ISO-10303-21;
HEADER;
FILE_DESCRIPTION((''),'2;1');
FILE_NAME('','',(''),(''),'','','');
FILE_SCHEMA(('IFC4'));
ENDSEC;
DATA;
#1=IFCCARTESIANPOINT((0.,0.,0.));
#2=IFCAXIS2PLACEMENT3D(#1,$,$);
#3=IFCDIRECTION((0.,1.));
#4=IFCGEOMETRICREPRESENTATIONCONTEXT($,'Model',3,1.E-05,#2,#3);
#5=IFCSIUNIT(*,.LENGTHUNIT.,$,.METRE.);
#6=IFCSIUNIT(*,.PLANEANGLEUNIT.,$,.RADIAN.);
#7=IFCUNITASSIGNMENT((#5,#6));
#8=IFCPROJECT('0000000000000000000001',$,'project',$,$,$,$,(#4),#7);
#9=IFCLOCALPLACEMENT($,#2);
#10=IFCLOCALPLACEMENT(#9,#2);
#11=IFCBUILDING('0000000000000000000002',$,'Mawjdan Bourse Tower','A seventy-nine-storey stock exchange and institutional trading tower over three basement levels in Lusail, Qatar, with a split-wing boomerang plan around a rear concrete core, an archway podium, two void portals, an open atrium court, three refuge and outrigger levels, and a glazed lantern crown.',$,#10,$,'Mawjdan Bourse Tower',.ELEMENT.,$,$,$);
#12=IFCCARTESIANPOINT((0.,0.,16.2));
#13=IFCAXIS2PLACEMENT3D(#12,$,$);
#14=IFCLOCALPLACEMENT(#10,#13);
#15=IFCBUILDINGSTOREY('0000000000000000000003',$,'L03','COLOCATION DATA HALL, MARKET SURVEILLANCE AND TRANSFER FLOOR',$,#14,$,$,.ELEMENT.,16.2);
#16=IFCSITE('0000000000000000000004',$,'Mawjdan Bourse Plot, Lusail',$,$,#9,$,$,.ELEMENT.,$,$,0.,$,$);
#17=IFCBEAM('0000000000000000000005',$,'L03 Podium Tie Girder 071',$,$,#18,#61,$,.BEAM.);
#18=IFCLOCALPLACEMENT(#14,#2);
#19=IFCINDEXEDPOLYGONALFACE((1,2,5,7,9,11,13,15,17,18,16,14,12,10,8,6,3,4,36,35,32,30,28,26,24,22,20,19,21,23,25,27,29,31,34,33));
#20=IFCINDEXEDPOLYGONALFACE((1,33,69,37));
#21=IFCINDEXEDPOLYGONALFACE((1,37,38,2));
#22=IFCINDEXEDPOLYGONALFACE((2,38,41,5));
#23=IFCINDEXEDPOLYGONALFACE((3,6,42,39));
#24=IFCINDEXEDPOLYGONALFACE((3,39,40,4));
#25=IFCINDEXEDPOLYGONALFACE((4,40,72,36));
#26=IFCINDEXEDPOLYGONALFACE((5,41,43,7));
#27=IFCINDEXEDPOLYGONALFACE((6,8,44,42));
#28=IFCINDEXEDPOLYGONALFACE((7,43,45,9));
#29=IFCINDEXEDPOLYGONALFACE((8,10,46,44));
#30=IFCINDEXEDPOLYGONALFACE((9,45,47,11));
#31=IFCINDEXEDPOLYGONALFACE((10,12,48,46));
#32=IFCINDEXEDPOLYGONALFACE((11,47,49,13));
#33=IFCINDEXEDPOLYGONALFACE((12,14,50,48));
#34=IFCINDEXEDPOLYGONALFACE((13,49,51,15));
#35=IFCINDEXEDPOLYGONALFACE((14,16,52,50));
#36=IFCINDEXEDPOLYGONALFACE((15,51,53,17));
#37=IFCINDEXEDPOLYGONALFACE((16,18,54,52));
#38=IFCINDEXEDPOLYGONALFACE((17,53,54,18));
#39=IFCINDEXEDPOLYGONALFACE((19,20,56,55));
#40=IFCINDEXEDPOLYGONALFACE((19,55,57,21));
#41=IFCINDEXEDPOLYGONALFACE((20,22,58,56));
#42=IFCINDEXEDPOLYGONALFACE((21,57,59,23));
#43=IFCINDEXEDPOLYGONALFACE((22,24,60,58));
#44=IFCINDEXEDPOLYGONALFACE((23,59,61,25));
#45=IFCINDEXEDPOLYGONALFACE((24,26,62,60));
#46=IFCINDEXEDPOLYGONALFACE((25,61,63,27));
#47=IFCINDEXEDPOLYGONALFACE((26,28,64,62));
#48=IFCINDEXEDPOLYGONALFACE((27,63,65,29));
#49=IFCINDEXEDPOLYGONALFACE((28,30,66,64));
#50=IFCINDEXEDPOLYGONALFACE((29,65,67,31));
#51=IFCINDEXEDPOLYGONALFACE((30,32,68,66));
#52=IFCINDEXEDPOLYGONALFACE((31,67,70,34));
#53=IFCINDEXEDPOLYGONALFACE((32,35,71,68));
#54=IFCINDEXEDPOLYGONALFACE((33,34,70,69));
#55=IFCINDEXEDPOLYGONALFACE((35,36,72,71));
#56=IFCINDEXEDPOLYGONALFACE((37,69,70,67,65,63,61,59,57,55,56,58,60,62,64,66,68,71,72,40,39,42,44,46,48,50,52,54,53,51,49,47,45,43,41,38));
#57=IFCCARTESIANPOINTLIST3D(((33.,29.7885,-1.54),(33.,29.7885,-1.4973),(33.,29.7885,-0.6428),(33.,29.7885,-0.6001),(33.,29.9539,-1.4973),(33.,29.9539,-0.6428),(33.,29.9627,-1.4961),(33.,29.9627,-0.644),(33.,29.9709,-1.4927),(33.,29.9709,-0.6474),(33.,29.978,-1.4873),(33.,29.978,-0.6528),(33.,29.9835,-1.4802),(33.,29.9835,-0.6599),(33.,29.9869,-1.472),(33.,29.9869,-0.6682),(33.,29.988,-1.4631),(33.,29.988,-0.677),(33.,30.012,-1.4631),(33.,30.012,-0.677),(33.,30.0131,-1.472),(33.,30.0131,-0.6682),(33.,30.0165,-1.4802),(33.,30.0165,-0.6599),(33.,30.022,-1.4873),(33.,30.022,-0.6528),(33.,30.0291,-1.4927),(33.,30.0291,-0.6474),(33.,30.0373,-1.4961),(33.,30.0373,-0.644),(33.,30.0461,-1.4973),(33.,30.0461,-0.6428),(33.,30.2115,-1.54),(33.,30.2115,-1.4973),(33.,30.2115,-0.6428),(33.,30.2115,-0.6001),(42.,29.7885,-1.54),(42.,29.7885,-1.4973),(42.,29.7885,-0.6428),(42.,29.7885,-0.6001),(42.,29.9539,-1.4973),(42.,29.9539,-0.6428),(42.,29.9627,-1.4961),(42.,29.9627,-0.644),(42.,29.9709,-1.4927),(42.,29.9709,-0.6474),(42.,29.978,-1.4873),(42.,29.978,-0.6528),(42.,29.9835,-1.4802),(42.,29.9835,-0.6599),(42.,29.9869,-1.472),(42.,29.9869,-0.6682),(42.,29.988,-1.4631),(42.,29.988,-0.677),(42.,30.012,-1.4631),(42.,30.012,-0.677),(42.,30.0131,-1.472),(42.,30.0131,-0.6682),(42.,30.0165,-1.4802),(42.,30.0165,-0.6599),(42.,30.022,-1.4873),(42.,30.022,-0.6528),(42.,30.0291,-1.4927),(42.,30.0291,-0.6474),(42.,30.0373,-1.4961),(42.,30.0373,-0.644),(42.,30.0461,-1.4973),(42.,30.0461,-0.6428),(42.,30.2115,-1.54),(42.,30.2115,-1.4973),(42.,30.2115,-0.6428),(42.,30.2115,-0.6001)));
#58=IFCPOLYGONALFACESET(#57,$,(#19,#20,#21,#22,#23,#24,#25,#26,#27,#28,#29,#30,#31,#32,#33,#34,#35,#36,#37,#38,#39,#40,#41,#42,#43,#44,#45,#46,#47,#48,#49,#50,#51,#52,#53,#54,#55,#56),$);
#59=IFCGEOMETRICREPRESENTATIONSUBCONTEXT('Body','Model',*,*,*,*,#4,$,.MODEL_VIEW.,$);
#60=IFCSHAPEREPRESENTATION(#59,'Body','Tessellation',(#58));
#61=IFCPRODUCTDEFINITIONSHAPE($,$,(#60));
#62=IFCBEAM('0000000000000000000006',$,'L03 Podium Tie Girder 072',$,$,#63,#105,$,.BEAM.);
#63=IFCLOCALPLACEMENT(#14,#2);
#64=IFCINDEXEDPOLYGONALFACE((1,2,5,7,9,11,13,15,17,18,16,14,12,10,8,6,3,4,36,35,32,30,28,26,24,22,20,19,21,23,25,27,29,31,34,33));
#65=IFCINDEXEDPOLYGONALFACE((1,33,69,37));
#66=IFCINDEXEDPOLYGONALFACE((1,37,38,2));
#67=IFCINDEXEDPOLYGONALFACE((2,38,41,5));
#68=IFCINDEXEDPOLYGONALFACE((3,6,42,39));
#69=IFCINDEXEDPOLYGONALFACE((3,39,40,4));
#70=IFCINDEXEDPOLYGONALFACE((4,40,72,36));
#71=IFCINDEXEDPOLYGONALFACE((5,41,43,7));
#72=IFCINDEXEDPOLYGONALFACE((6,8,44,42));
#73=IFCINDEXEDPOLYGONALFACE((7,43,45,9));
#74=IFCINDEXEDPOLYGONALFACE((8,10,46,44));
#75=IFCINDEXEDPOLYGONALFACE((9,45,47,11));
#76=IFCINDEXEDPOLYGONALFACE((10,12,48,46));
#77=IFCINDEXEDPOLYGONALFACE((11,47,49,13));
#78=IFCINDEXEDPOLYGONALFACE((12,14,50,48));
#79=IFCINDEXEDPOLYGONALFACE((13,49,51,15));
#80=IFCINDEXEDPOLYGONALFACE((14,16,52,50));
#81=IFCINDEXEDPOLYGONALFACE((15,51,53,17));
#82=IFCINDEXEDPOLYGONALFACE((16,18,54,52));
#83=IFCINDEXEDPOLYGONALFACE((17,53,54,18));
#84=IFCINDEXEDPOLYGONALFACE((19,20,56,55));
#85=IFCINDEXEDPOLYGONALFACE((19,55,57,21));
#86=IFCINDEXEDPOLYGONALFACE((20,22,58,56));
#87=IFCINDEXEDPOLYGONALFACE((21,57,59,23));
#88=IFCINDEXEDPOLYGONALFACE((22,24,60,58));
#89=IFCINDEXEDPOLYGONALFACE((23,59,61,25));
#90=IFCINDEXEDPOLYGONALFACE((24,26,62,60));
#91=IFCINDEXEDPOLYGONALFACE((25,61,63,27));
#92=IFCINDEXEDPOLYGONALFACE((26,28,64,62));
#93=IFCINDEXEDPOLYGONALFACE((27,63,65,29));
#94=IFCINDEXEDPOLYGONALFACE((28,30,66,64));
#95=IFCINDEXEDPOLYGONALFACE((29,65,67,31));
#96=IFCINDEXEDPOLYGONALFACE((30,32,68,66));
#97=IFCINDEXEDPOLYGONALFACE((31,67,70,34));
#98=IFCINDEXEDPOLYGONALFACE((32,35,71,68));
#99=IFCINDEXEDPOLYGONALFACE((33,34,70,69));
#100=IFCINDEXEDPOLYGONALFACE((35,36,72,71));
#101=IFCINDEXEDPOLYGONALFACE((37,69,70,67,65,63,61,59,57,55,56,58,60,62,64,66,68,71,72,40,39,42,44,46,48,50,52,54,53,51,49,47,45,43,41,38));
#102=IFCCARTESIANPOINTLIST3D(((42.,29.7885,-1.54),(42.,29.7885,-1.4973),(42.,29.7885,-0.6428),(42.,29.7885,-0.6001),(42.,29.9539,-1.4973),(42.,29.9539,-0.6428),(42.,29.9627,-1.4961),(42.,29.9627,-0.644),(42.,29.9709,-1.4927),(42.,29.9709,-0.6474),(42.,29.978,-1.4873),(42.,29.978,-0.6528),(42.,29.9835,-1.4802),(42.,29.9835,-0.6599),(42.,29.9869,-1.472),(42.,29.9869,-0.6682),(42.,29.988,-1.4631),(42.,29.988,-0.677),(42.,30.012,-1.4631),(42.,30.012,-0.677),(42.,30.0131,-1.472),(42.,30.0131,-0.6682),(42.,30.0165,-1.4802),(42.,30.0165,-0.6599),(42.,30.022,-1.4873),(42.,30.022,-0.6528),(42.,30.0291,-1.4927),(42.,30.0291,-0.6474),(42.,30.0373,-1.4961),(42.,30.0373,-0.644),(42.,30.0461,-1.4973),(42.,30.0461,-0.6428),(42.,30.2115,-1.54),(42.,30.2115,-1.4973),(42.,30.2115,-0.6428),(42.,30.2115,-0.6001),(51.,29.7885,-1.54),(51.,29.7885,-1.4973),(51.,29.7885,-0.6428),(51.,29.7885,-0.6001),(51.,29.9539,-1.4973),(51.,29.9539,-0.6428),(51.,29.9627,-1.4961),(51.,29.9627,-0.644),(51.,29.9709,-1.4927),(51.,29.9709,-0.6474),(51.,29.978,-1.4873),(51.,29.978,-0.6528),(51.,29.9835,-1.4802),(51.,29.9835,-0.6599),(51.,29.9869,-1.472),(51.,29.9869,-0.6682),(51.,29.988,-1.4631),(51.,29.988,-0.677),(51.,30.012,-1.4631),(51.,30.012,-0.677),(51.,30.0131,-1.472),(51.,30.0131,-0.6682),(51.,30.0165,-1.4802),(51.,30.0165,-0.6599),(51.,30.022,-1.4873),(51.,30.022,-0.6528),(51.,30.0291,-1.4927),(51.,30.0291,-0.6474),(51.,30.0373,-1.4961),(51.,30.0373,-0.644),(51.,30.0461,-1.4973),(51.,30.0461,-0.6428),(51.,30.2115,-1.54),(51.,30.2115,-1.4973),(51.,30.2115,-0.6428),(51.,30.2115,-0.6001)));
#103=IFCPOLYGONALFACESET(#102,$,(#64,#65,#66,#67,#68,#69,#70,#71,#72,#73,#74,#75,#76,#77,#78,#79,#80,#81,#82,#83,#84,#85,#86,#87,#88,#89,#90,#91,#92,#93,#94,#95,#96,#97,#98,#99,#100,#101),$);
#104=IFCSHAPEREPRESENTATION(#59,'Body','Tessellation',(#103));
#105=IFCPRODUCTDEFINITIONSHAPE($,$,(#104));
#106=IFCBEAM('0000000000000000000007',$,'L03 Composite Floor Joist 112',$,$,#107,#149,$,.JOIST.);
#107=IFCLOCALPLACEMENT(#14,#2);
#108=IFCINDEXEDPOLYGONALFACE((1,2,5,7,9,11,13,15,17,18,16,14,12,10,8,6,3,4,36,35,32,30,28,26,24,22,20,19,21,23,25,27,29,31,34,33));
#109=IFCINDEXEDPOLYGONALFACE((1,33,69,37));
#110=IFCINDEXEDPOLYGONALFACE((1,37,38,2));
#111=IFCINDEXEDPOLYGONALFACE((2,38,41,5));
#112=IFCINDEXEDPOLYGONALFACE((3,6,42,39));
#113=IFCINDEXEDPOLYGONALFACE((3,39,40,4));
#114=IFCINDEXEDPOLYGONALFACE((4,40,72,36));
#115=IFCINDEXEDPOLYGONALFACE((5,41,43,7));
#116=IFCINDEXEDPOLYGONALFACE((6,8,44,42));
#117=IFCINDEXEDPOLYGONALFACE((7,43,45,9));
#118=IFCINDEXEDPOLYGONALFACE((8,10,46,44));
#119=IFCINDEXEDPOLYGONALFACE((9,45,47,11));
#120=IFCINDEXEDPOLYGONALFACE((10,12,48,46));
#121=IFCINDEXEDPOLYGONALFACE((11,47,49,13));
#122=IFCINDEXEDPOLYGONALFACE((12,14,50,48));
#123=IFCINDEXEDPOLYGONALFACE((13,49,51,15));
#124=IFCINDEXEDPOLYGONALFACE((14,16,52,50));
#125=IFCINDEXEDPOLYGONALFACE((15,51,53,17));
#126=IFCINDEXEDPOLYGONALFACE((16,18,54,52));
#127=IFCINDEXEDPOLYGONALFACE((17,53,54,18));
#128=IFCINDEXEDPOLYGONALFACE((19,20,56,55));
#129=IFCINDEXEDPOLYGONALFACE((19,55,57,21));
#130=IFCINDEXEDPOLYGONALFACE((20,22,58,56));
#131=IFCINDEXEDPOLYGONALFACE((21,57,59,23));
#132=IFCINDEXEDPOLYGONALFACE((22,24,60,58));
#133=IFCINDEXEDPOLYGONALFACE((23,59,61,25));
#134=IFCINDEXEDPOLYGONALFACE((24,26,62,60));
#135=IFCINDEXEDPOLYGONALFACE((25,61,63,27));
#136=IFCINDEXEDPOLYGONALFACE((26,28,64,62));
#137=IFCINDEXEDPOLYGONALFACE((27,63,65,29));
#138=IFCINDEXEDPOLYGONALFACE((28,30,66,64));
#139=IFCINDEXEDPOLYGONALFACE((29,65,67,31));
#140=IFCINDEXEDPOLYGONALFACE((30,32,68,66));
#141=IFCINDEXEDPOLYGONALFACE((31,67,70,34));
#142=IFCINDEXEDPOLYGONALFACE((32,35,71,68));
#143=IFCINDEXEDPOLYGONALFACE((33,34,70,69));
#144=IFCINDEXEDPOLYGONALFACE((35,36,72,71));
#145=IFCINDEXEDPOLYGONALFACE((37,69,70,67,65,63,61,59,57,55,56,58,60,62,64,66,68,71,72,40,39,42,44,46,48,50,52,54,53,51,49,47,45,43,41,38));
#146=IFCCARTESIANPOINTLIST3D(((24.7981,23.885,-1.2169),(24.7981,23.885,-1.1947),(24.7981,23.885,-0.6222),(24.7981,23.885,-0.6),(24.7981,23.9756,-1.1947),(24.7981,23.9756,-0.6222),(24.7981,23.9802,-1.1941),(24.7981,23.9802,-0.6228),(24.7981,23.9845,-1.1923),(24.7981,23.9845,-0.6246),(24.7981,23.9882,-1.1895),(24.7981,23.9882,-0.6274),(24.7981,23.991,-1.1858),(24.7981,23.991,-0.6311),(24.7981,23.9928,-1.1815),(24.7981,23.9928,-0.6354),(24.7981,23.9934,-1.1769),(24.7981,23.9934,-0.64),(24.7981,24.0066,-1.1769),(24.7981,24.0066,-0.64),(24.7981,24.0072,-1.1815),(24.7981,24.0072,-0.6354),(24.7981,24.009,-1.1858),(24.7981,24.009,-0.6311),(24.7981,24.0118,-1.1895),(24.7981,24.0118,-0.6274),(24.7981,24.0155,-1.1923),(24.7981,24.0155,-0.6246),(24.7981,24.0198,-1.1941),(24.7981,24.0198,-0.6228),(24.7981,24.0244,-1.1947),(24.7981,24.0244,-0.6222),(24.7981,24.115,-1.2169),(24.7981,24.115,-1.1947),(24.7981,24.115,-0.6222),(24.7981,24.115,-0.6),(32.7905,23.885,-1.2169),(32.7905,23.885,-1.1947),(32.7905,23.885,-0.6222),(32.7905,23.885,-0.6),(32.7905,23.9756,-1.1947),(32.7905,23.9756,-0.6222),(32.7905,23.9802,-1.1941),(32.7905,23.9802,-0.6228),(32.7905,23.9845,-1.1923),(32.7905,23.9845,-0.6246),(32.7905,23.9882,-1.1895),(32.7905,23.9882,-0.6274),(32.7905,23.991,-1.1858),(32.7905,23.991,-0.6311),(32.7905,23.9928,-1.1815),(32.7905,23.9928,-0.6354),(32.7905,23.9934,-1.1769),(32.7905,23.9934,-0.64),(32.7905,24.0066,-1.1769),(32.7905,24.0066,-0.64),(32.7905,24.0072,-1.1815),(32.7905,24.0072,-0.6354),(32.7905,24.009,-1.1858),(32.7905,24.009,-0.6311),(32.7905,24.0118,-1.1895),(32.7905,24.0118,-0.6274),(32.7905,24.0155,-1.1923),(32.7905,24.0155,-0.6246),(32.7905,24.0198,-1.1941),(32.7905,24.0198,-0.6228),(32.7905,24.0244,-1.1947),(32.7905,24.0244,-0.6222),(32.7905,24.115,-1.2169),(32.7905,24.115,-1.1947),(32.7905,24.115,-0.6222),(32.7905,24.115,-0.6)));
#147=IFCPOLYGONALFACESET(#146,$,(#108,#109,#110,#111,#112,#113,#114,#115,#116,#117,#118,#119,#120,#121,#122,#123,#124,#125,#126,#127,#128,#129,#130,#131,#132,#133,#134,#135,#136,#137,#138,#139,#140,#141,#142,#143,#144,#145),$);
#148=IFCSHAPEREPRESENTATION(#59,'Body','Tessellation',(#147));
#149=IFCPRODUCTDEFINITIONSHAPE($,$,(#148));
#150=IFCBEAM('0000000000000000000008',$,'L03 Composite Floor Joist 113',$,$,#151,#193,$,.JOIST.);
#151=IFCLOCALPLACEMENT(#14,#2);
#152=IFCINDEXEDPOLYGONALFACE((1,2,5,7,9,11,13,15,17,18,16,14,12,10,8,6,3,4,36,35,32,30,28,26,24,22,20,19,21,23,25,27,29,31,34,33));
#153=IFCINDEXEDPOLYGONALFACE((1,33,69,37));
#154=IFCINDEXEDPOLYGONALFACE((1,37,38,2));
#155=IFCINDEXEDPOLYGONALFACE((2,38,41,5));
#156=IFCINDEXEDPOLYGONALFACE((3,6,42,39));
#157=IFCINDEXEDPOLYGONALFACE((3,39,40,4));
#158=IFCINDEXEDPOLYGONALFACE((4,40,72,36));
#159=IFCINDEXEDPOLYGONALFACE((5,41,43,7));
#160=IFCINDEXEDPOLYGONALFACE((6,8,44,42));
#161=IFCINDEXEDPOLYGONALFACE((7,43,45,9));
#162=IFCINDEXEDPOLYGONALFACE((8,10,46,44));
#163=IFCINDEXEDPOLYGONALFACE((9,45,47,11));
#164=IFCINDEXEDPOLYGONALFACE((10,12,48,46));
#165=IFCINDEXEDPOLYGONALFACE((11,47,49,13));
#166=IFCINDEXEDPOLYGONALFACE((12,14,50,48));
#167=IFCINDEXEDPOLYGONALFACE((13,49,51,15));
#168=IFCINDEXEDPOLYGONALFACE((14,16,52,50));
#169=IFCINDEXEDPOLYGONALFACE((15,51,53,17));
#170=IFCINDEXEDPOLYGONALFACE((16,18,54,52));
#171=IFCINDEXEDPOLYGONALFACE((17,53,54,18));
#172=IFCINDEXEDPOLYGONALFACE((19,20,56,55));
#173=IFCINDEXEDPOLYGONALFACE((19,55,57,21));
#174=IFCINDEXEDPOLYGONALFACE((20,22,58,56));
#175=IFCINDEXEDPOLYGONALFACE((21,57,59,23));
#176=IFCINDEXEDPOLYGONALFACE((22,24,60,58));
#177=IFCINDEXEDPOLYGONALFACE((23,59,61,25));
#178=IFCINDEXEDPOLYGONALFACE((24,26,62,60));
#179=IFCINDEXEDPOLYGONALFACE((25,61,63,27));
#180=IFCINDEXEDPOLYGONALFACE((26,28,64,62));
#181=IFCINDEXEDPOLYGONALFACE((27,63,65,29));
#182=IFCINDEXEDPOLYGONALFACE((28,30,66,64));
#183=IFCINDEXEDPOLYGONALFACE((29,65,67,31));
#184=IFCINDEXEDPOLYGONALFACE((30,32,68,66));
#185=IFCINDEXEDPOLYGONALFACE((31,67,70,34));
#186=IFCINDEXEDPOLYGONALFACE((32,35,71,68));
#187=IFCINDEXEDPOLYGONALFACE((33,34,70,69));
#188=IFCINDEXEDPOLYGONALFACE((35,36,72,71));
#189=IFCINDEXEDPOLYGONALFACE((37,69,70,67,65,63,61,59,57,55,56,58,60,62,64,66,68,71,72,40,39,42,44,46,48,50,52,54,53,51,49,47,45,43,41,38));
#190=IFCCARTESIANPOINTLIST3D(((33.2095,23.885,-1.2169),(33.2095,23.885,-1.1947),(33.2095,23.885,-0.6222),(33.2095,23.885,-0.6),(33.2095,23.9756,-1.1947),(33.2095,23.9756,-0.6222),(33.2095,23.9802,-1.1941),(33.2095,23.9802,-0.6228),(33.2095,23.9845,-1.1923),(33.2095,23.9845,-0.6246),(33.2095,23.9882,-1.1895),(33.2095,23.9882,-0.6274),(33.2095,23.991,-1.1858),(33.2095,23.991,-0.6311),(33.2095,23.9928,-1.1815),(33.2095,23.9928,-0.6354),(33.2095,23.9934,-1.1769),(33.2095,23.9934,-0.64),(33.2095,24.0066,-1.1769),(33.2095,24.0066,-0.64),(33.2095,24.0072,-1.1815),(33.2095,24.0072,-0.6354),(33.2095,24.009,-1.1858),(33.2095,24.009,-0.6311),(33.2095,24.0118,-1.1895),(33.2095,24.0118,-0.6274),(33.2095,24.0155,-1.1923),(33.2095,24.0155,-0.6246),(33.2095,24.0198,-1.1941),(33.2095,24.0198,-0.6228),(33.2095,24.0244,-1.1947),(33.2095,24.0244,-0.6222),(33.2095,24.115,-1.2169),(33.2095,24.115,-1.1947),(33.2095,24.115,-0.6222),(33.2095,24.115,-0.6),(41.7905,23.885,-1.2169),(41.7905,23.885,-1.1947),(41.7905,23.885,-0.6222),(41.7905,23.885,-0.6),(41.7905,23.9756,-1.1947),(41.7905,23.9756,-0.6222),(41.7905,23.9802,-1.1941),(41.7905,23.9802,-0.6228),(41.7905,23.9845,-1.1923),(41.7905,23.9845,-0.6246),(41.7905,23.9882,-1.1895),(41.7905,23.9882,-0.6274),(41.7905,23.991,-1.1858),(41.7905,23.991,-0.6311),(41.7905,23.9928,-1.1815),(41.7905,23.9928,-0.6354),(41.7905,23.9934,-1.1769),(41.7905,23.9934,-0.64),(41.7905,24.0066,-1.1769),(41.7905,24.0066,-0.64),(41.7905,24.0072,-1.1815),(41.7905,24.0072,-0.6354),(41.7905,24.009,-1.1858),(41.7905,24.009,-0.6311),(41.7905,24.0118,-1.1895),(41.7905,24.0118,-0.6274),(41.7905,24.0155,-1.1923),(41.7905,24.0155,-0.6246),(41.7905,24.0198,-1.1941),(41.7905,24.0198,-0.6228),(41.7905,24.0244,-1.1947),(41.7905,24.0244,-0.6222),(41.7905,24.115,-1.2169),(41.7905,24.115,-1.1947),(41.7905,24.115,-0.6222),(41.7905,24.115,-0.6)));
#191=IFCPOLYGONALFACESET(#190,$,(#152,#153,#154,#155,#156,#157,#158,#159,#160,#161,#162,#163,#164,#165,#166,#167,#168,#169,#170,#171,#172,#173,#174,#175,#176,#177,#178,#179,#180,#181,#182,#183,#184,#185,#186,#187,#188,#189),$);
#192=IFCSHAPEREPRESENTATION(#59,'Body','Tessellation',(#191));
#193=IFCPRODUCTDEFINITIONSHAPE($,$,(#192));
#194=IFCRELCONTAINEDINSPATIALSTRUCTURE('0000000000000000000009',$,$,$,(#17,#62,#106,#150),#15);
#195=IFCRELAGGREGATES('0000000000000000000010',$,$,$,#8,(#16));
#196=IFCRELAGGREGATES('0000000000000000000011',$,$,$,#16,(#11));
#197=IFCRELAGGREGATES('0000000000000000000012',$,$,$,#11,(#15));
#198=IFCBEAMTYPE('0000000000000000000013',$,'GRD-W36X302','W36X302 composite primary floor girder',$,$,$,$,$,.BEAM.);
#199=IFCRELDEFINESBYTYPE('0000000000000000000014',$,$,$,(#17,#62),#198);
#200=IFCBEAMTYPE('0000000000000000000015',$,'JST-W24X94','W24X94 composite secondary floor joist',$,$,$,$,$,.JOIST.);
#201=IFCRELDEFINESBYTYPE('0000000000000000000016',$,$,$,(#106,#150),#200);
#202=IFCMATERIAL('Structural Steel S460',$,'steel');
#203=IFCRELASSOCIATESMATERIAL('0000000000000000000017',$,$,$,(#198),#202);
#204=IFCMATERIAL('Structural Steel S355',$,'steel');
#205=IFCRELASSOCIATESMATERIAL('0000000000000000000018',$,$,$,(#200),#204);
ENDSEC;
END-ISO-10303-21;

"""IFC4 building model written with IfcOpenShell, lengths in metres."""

from ifc_helpers import new_model, si_unit, direction, frame, origin, origin_2d, place, context, subcontext, project, spatial, i_section, extrude, material, material_profile, profile_set, type_object, element, save


model = new_model("IFC4")

# Units and contexts
model_context = context("Model", 3, precision=1e-05, world=origin(), true_north=direction((0.0, 1.0)))
body_context = subcontext(model_context, "Body", "Model", "MODEL_VIEW")
ifc_project = project(units=[si_unit("LENGTHUNIT", "METRE"), si_unit("PLANEANGLEUNIT", "RADIAN")], contexts=[model_context])

# Site, building, storey
site_placement = place(None, origin())
site = spatial("IfcSite", under=ifc_project, at=site_placement, Name="Mawjdan Bourse Plot, Lusail", CompositionType="ELEMENT", RefElevation=0.0)
building_placement = place(site_placement, origin())
building = spatial("IfcBuilding", under=site, at=building_placement, Name="Mawjdan Bourse Tower", Description="A seventy-nine-storey stock exchange and institutional trading tower over three basement levels in Lusail, Qatar, with a split-wing boomerang plan around a rear concrete core, an archway podium, two void portals, an open atrium court, three refuge and outrigger levels, and a glazed lantern crown.", LongName="Mawjdan Bourse Tower", CompositionType="ELEMENT")
storey_placement = place(building_placement, frame((0.0, 0.0, 16.2)))
storey = spatial("IfcBuildingStorey", under=building, at=storey_placement, Name="L03", Description="COLOCATION DATA HALL, MARKET SURVEILLANCE AND TRANSFER FLOOR", CompositionType="ELEMENT", Elevation=16.2)

# Beams
ifc_material_1 = material(Name="Structural Steel S460", Category="steel")
ifc_material_profile_1 = material_profile(ifc_material_1, i_section(OverallWidth=0.4231, OverallDepth=0.9399, WebThickness=0.0239, FlangeThickness=0.0427, FilletRadius=0.0342, at=origin_2d()), Name="W36X302")
ifc_profile_set_1 = profile_set([ifc_material_profile_1], Name="Structural Steel S460")
beam_type_1 = type_object("IfcBeamType", Name="GRD-W36X302", Description="W36X302 composite primary floor girder", PredefinedType="BEAM", material=ifc_profile_set_1)
for number, where, z_axis, x_axis, name in (
    (1, (33.0, 30.0, -1.0701), (1.0, 0.0, 0.0), (0.0, 1.0, 0.0), "L03 Podium Tie Girder 071"),
    (2, (42.0, 30.0, -1.0701), (1.0, 0.0, 0.0), (0.0, 1.0, 0.0), "L03 Podium Tie Girder 072"),
):
    element("IfcBeam", number, at=place(storey_placement, frame(where, z_axis=z_axis, x_axis=x_axis)), inside=storey, type_object=beam_type_1, Name=name, PredefinedType="BEAM", context=body_context, shape_type="SweptSolid", body=[
        extrude(i_section(OverallWidth=0.4231, OverallDepth=0.9399, WebThickness=0.0239, FlangeThickness=0.0427, FilletRadius=0.0342, at=origin_2d()), origin(), (0.0, 0.0, 1.0), 9.0),
    ])
ifc_material_2 = material(Name="Structural Steel S355", Category="steel")
ifc_material_profile_2 = material_profile(ifc_material_2, i_section(OverallWidth=0.23, OverallDepth=0.6169, WebThickness=0.0132, FlangeThickness=0.0222, FilletRadius=0.0178, at=origin_2d()), Name="W24X94")
ifc_profile_set_2 = profile_set([ifc_material_profile_2], Name="Structural Steel S355")
beam_type_2 = type_object("IfcBeamType", Name="JST-W24X94", Description="W24X94 composite secondary floor joist", PredefinedType="JOIST", material=ifc_profile_set_2)
beam_1_placement = place(storey_placement, frame((24.7981, 24.0, -0.9084), z_axis=(1.0, 0.0, 0.0), x_axis=(0.0, 1.0, 0.0)))
element("IfcBeam", 3, at=beam_1_placement, inside=storey, type_object=beam_type_2, Name="L03 Composite Floor Joist 112", PredefinedType="JOIST", context=body_context, shape_type="SweptSolid", body=[
    extrude(i_section(OverallWidth=0.23, OverallDepth=0.6169, WebThickness=0.0132, FlangeThickness=0.0222, FilletRadius=0.0178, at=origin_2d()), origin(), (0.0, 0.0, 1.0), 7.9924),
])
for number, where, z_axis, x_axis, name in (
    (4, (33.2095, 24.0, -0.9084), (1.0, 0.0, 0.0), (0.0, 1.0, 0.0), "L03 Composite Floor Joist 113"),
):
    element("IfcBeam", number, at=place(storey_placement, frame(where, z_axis=z_axis, x_axis=x_axis)), inside=storey, type_object=beam_type_2, Name=name, PredefinedType="JOIST", context=body_context, shape_type="SweptSolid", body=[
        extrude(i_section(OverallWidth=0.23, OverallDepth=0.6169, WebThickness=0.0132, FlangeThickness=0.0222, FilletRadius=0.0178, at=origin_2d()), origin(), (0.0, 0.0, 1.0), 8.5811),
    ])

save(model, "model.ifc")
